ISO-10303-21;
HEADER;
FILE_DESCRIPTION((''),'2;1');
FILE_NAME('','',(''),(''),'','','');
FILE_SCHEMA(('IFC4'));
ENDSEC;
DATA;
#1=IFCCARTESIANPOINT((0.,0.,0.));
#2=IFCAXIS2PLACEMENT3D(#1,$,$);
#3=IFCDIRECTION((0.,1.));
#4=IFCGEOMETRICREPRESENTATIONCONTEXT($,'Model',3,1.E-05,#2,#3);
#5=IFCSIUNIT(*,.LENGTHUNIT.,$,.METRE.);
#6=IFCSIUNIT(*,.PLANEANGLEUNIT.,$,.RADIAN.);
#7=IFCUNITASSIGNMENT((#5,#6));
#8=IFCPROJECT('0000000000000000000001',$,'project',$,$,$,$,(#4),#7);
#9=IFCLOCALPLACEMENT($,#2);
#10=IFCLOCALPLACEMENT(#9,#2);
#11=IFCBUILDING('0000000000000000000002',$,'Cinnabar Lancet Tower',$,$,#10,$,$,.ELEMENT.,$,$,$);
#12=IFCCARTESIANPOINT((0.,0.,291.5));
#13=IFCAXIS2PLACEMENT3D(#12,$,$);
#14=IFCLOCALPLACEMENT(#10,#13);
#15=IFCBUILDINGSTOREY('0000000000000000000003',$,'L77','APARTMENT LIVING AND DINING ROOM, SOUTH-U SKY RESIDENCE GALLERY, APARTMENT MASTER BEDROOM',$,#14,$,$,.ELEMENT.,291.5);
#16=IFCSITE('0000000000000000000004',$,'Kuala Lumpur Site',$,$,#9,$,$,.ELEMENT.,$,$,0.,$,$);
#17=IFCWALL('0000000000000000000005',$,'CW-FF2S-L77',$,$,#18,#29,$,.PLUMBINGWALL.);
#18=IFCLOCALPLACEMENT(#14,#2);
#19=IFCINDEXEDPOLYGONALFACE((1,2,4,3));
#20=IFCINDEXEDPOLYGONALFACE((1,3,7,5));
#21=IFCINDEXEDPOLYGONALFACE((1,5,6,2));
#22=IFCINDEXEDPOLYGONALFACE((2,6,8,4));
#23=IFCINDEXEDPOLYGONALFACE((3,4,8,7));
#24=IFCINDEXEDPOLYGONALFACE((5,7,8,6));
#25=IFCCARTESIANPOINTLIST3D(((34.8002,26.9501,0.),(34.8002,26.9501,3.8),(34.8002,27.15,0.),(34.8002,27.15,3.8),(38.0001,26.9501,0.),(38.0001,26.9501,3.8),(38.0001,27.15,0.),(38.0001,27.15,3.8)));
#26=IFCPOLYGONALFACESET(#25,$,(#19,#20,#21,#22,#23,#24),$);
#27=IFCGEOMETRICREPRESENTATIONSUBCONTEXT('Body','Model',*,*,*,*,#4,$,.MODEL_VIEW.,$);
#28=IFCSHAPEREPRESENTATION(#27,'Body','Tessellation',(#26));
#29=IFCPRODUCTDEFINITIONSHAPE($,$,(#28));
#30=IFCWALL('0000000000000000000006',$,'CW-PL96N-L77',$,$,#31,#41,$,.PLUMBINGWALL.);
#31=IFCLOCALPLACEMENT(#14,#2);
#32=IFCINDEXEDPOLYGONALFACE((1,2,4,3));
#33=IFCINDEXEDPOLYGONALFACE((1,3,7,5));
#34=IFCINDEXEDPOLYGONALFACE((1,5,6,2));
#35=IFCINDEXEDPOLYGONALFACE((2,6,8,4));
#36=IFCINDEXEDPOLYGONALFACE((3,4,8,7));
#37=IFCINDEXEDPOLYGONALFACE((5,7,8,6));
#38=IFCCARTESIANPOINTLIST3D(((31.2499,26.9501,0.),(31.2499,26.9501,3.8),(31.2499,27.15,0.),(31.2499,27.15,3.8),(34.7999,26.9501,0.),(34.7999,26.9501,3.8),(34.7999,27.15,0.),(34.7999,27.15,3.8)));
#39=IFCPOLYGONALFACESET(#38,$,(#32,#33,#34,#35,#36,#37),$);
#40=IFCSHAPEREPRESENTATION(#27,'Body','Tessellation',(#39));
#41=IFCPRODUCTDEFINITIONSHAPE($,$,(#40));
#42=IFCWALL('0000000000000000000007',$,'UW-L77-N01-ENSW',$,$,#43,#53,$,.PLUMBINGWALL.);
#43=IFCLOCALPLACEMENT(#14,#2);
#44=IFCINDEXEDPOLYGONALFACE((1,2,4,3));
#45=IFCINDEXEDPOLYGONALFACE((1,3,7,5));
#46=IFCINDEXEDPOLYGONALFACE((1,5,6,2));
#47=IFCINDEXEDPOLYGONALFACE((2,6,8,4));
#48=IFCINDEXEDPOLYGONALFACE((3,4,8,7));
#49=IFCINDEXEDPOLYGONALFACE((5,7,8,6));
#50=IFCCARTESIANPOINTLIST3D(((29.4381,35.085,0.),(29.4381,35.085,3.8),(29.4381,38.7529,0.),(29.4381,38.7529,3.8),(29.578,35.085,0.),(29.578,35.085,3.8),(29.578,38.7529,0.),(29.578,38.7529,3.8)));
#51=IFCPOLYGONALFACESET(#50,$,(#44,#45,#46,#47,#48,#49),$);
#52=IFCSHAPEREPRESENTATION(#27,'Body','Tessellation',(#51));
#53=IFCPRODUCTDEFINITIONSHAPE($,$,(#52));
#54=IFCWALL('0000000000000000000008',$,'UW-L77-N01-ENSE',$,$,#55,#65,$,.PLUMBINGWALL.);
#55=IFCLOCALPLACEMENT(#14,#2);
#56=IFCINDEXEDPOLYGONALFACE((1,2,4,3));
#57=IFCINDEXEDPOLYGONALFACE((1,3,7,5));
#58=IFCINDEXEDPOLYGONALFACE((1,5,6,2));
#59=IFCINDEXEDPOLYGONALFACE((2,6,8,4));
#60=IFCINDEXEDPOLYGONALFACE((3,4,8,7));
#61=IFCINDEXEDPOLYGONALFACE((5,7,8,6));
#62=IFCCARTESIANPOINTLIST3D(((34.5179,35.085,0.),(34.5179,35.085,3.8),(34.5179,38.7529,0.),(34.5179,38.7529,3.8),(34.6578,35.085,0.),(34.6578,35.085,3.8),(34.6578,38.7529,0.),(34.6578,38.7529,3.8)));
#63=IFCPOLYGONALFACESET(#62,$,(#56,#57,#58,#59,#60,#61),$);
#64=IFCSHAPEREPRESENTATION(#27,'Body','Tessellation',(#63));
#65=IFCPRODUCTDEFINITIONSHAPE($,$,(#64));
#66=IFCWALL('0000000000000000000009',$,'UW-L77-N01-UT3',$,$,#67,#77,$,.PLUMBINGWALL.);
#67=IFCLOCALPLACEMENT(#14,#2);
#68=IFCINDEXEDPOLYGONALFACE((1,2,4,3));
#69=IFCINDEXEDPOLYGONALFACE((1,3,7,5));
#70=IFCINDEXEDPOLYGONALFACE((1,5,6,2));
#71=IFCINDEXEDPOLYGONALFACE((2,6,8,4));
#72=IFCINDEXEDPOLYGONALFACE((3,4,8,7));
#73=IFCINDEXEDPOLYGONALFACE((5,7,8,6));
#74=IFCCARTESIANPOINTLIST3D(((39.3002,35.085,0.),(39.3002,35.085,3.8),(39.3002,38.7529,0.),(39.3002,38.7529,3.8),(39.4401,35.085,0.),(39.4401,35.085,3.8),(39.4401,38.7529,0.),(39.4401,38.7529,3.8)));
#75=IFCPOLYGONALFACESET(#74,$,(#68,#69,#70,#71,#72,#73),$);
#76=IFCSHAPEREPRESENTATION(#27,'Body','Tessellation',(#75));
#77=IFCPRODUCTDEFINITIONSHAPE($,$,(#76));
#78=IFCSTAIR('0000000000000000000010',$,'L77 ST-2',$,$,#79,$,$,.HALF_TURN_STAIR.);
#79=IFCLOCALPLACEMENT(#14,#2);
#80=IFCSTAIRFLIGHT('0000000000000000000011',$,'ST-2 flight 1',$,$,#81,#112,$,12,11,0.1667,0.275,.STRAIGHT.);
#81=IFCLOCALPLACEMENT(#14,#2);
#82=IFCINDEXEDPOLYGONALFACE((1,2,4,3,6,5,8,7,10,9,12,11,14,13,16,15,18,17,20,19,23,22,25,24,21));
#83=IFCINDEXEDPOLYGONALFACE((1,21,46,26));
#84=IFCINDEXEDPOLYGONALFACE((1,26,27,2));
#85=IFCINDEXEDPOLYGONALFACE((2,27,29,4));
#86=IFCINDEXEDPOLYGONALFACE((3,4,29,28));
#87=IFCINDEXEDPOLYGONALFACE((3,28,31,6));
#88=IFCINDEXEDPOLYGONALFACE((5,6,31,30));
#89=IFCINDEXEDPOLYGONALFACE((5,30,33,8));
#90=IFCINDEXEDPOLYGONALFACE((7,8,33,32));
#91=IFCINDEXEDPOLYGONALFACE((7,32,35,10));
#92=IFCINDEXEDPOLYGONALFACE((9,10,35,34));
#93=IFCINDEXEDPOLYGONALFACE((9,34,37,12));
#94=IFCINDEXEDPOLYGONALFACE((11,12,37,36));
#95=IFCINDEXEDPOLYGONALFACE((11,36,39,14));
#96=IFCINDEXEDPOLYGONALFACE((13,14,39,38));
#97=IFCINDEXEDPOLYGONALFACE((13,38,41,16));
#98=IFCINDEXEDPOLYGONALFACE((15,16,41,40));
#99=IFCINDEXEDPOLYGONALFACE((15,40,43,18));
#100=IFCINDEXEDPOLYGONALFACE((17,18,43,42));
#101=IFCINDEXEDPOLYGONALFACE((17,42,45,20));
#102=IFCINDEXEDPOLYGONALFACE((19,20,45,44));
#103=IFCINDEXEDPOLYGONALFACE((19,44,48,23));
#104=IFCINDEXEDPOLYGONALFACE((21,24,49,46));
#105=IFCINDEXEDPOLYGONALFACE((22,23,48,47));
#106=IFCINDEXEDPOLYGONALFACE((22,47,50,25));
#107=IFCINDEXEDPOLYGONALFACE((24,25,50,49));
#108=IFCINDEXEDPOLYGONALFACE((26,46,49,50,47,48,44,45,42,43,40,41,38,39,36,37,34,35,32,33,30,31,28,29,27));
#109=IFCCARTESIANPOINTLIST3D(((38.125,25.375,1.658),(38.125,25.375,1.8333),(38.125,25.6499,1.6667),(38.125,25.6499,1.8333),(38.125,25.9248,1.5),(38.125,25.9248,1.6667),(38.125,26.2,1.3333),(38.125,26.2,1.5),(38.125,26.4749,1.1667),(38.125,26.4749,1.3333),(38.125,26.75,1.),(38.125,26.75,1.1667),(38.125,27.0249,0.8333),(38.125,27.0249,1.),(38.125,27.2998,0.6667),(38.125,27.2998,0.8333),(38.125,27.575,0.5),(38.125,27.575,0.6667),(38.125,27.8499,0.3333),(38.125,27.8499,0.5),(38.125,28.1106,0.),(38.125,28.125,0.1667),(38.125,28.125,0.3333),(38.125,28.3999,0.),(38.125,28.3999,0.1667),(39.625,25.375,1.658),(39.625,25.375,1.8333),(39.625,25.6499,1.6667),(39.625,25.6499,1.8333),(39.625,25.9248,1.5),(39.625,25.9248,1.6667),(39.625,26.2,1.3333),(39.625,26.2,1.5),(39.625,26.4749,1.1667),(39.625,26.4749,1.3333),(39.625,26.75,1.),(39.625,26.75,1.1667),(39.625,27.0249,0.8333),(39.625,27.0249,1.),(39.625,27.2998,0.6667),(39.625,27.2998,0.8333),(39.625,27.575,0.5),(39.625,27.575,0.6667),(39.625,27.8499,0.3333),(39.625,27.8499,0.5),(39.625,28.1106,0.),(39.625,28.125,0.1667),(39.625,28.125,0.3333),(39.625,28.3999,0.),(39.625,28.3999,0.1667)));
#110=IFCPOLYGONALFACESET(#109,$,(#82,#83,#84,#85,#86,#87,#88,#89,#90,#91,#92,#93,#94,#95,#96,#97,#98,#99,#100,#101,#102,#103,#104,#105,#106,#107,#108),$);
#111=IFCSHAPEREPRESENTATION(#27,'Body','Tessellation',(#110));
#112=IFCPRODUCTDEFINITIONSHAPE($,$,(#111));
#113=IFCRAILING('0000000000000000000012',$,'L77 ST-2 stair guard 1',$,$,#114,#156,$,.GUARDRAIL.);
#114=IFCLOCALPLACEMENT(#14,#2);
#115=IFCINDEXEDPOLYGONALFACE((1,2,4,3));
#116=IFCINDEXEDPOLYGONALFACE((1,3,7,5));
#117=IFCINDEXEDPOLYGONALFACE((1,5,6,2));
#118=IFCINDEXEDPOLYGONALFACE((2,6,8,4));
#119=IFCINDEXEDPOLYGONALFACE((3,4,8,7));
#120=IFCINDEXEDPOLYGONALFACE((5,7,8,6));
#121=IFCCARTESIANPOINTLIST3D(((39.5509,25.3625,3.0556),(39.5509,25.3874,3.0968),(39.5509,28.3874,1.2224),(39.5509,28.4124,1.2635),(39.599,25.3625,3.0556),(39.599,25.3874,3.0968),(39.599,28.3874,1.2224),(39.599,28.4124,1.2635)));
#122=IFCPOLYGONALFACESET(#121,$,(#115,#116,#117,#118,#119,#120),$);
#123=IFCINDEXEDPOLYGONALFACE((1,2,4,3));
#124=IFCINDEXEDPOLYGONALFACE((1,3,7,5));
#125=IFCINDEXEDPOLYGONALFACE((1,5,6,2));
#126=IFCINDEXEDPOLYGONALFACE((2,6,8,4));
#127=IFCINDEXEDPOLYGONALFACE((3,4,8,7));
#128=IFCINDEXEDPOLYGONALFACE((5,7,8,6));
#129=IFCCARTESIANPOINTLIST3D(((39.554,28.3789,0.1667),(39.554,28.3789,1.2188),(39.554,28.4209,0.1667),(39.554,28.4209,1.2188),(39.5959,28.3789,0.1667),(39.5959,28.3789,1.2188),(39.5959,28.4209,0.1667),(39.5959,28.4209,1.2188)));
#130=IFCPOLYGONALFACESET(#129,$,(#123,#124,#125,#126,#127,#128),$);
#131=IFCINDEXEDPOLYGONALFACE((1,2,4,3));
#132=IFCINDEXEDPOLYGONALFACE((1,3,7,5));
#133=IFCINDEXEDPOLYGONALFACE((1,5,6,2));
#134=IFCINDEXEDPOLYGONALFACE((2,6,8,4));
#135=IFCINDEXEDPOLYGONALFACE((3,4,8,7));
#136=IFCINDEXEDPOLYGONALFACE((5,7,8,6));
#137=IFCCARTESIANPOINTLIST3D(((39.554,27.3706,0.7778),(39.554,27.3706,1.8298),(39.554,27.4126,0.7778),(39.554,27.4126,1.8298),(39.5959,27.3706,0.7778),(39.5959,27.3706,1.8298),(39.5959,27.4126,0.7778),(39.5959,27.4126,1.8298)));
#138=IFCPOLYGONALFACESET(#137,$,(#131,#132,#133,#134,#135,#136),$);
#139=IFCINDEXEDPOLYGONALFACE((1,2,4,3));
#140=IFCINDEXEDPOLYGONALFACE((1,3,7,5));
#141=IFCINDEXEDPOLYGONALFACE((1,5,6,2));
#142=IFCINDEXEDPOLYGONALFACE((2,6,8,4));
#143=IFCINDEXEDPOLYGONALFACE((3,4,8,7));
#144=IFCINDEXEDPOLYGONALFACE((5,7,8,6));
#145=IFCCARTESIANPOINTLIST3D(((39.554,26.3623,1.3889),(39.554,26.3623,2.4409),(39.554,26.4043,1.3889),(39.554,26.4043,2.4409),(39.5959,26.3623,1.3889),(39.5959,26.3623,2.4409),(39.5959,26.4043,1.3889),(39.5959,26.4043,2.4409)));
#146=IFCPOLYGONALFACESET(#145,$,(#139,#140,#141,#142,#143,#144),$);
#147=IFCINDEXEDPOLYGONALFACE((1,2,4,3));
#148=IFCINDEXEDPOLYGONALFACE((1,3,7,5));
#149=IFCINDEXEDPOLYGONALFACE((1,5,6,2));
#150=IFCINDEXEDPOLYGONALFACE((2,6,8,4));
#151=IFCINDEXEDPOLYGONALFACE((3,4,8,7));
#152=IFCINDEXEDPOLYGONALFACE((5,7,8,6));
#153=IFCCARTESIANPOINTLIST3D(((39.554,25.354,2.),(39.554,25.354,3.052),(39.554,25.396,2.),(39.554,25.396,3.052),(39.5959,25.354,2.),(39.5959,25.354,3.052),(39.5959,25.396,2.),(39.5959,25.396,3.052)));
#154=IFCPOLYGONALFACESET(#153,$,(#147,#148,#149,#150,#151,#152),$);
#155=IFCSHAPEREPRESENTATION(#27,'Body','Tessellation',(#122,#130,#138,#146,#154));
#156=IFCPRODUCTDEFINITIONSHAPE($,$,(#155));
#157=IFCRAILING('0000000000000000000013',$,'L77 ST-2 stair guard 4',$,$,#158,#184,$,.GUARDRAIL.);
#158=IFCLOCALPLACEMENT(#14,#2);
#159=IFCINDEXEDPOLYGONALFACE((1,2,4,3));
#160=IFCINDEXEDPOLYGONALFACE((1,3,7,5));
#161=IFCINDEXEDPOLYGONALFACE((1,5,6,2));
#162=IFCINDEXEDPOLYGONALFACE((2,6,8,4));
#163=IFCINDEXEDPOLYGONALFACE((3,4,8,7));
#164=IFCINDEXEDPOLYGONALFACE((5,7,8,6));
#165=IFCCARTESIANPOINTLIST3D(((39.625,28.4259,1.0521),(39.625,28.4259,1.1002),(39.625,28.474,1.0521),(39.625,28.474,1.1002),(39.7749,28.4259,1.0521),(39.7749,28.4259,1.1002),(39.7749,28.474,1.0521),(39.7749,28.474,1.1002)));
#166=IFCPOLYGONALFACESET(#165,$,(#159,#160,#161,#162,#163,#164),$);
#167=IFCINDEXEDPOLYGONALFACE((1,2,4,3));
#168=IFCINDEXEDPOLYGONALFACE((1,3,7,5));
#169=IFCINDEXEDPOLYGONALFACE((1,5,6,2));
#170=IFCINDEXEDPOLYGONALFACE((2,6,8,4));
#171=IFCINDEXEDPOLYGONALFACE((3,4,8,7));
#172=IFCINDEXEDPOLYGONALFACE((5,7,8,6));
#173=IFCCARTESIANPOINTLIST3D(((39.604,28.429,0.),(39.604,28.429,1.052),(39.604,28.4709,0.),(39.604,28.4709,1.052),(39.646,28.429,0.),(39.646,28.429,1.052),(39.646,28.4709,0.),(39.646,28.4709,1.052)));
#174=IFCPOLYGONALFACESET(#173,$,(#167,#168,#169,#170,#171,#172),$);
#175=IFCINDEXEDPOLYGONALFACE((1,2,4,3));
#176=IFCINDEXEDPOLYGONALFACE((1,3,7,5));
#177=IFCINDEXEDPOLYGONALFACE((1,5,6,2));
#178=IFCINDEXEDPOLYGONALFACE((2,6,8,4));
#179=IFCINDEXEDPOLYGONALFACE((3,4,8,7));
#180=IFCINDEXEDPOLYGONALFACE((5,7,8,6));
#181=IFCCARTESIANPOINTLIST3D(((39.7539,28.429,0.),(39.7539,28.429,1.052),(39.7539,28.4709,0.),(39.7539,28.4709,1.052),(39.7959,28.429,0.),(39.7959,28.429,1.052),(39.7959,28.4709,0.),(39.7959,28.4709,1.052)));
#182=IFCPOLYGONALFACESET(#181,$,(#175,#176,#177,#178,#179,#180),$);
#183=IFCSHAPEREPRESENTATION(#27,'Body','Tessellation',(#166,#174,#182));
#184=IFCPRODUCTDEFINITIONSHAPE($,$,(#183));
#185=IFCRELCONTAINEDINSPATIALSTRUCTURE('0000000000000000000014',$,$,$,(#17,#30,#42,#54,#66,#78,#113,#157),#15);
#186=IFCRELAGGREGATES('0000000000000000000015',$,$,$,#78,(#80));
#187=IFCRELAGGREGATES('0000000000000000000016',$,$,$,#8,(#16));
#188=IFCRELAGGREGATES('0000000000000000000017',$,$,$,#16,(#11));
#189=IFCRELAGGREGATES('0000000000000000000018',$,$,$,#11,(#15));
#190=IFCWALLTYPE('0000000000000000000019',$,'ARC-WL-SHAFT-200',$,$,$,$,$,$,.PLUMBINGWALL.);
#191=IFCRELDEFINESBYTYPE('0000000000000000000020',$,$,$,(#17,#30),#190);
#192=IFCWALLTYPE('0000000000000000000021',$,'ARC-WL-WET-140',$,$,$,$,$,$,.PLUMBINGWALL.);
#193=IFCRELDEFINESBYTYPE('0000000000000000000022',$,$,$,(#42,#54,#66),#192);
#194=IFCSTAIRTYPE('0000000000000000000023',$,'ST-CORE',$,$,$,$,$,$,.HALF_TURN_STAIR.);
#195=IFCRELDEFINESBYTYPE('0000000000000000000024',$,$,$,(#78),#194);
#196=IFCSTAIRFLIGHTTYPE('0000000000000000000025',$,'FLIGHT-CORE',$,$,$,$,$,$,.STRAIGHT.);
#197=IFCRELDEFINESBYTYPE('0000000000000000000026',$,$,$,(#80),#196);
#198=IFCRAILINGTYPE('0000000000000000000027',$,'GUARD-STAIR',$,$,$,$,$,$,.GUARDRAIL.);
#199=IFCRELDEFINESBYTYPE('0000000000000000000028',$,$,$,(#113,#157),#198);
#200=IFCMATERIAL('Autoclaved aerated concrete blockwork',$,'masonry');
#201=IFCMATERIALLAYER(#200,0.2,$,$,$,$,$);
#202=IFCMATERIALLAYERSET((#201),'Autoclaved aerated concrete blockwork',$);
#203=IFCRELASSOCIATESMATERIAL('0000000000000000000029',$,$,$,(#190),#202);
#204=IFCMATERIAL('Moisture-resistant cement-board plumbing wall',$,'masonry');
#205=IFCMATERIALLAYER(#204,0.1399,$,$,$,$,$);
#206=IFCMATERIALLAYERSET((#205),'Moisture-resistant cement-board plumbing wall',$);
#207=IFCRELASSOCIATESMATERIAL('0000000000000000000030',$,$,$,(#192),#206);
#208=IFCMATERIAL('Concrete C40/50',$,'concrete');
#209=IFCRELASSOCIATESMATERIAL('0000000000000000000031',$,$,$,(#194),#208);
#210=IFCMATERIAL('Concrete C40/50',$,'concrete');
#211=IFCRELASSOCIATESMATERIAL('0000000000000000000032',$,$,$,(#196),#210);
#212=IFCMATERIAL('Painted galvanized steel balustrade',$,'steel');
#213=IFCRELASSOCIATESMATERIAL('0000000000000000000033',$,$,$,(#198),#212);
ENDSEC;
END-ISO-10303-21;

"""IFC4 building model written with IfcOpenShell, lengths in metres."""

from ifc_helpers import new_model, si_unit, direction, frame, frame_2d, origin, origin_2d, place, context, subcontext, project, spatial, polyline, rectangle, outline, extrude, material, layer, layer_set, type_object, element, aggregate, save


model = new_model("IFC4")

# Units and contexts
model_context = context("Model", 3, precision=1e-05, world=origin(), true_north=direction((0.0, 1.0)))
body_context = subcontext(model_context, "Body", "Model", "MODEL_VIEW")
ifc_project = project(units=[si_unit("LENGTHUNIT", "METRE"), si_unit("PLANEANGLEUNIT", "RADIAN")], contexts=[model_context])

# Site, building, storey
site_placement = place(None, origin())
site = spatial("IfcSite", under=ifc_project, at=site_placement, Name="Kuala Lumpur Site", CompositionType="ELEMENT", RefElevation=0.0)
building_placement = place(site_placement, origin())
building = spatial("IfcBuilding", under=site, at=building_placement, Name="Cinnabar Lancet Tower", CompositionType="ELEMENT")
storey_placement = place(building_placement, frame((0.0, 0.0, 291.5)))
storey = spatial("IfcBuildingStorey", under=building, at=storey_placement, Name="L77", Description="APARTMENT LIVING AND DINING ROOM, SOUTH-U SKY RESIDENCE GALLERY, APARTMENT MASTER BEDROOM", CompositionType="ELEMENT", Elevation=291.5)

# Shared definitions
ifc_material_1 = material(Name="Autoclaved aerated concrete blockwork", Category="masonry")
ifc_layer_1 = layer(ifc_material_1, 0.2)
ifc_layer_set_1 = layer_set([ifc_layer_1], Name="Autoclaved aerated concrete blockwork")
wall_type_1 = type_object("IfcWallType", Name="ARC-WL-SHAFT-200", PredefinedType="PLUMBINGWALL", material=ifc_layer_set_1)

# Walls
wall_1_placement = place(storey_placement, frame((34.8, 27.05, 0.0), z_axis=(0.0, 0.0, 1.0), x_axis=(1.0, 0.0, 0.0)))
element("IfcWall", 1, at=wall_1_placement, inside=storey, type_object=wall_type_1, Name="CW-FF2S-L77", PredefinedType="PLUMBINGWALL", context=body_context, shape_type="SweptSolid", body=[
    extrude(rectangle(XDim=3.2, YDim=0.2, at=frame_2d((1.6001, 0.0))), origin(), (0.0, 0.0, 1.0), 3.8),
])
wall_2_placement = place(storey_placement, frame((31.25, 27.05, 0.0), z_axis=(0.0, 0.0, 1.0), x_axis=(1.0, 0.0, 0.0)))
element("IfcWall", 2, at=wall_2_placement, inside=storey, type_object=wall_type_1, Name="CW-PL96N-L77", PredefinedType="PLUMBINGWALL", context=body_context, shape_type="SweptSolid", body=[
    extrude(rectangle(XDim=3.55, YDim=0.2, at=frame_2d((1.7749, 0.0))), origin(), (0.0, 0.0, 1.0), 3.8),
])
ifc_material_2 = material(Name="Moisture-resistant cement-board plumbing wall", Category="masonry")
ifc_layer_2 = layer(ifc_material_2, 0.1399)
ifc_layer_set_2 = layer_set([ifc_layer_2], Name="Moisture-resistant cement-board plumbing wall")
wall_type_2 = type_object("IfcWallType", Name="ARC-WL-WET-140", PredefinedType="PLUMBINGWALL", material=ifc_layer_set_2)
for number, where, z_axis, x_axis, name in (
    (3, (29.5081, 35.085, 0.0), (0.0, 0.0, 1.0), (0.0, 1.0, 0.0), "UW-L77-N01-ENSW"),
    (4, (34.5879, 35.085, 0.0), (0.0, 0.0, 1.0), (0.0, 1.0, 0.0), "UW-L77-N01-ENSE"),
    (5, (39.3701, 35.085, 0.0), (0.0, 0.0, 1.0), (0.0, 1.0, 0.0), "UW-L77-N01-UT3"),
):
    element("IfcWall", number, at=place(storey_placement, frame(where, z_axis=z_axis, x_axis=x_axis)), inside=storey, type_object=wall_type_2, Name=name, PredefinedType="PLUMBINGWALL", context=body_context, shape_type="SweptSolid", body=[
        extrude(rectangle(XDim=3.668, YDim=0.1399, at=frame_2d((1.834, 0.0))), origin(), (0.0, 0.0, 1.0), 3.8),
    ])

# Stair, stair flight
ifc_material_3 = material(Name="Concrete C40/50", Category="concrete")
stair_type = type_object("IfcStairType", Name="ST-CORE", PredefinedType="HALF_TURN_STAIR", material=ifc_material_3)
stair_placement = place(storey_placement, origin())
stair = element("IfcStair", 6, at=stair_placement, inside=storey, type_object=stair_type, Name="L77 ST-2", PredefinedType="HALF_TURN_STAIR")
ifc_material_4 = material(Name="Concrete C40/50", Category="concrete")
stair_flight_type = type_object("IfcStairFlightType", Name="FLIGHT-CORE", PredefinedType="STRAIGHT", material=ifc_material_4)
stair_flight_placement = place(storey_placement, frame((38.875, 28.3999, 0.0), z_axis=(0.0, 0.0, 1.0), x_axis=(0.0, -1.0, 0.0)))
stair_flight = element("IfcStairFlight", 7, at=stair_flight_placement, type_object=stair_flight_type, Name="ST-2 flight 1", NumberOfRisers=12, NumberOfTreads=11, PredefinedType="STRAIGHT", RiserHeight=0.1667, TreadLength=0.275, context=body_context, shape_type="SweptSolid", body=[
    extrude(outline(polyline([(0.0, 0.0), (0.0, 0.1667), (0.2749, 0.1667), (0.2749, 0.3333), (0.55, 0.3333), (0.55, 0.5), (0.825, 0.5), (0.825, 0.6667), (1.1001, 0.6667), (1.1001, 0.8333), (1.375, 0.8333), (1.375, 1.0), (1.6499, 1.0), (1.6499, 1.1667), (1.925, 1.1667), (1.925, 1.3333), (2.2, 1.3333), (2.2, 1.5), (2.4751, 1.5), (2.4751, 1.6667), (2.75, 1.6667), (2.75, 1.8333), (3.0249, 1.8333), (3.0249, 2.0), (3.0249, 1.658), (0.2893, 0.0), (0.0, 0.0)])), frame((0.0, 0.75, 0.0), z_axis=(0.0, -1.0, 0.0), x_axis=(1.0, 0.0, 0.0)), (0.0, 0.0, 1.0), 1.5),
])
aggregate(stair, [stair_flight])

# Railings
ifc_material_5 = material(Name="Painted galvanized steel balustrade", Category="steel")
railing_type_1 = type_object("IfcRailingType", Name="GUARD-STAIR", PredefinedType="GUARDRAIL", material=ifc_material_5)
railing_1_placement = place(storey_placement, frame((39.575, 28.3999, 0.1667)))
element("IfcRailing", 8, at=railing_1_placement, inside=storey, type_object=railing_type_1, Name="L77 ST-2 stair guard 1", PredefinedType="GUARDRAIL", context=body_context, shape_type="SweptSolid", body=[
    extrude(rectangle(XDim=0.0481, YDim=0.0481, at=origin_2d()), frame((0.0, 0.0, 1.0762), z_axis=(0.0, -0.855201, 0.518297), x_axis=(1.0, 0.0, 0.0)), (0.0, 0.0, 1.0), 3.5371),
    extrude(rectangle(XDim=0.042, YDim=0.042, at=origin_2d()), origin(), (0.0, 0.0, 1.0), 1.052),
    extrude(rectangle(XDim=0.042, YDim=0.042, at=origin_2d()), frame((0.0, -1.0083, 0.6111)), (0.0, 0.0, 1.0), 1.052),
    extrude(rectangle(XDim=0.042, YDim=0.042, at=origin_2d()), frame((0.0, -2.0166, 1.2222)), (0.0, 0.0, 1.0), 1.052),
    extrude(rectangle(XDim=0.042, YDim=0.042, at=origin_2d()), frame((0.0, -3.0249, 1.8333)), (0.0, 0.0, 1.0), 1.052),
])
railing_2_placement = place(storey_placement, frame((39.625, 28.45, 0.0)))
element("IfcRailing", 9, at=railing_2_placement, inside=storey, type_object=railing_type_1, Name="L77 ST-2 stair guard 4", PredefinedType="GUARDRAIL", context=body_context, shape_type="SweptSolid", body=[
    extrude(rectangle(XDim=0.0481, YDim=0.0481, at=origin_2d()), frame((0.0, 0.0, 1.0762), z_axis=(1.0, 0.0, 0.0), x_axis=(0.0, 1.0, 0.0)), (0.0, 0.0, 1.0), 0.1499),
    extrude(rectangle(XDim=0.042, YDim=0.042, at=origin_2d()), origin(), (0.0, 0.0, 1.0), 1.052),
    extrude(rectangle(XDim=0.042, YDim=0.042, at=origin_2d()), frame((0.1499, 0.0, 0.0)), (0.0, 0.0, 1.0), 1.052),
])

save(model, "model.ifc")
